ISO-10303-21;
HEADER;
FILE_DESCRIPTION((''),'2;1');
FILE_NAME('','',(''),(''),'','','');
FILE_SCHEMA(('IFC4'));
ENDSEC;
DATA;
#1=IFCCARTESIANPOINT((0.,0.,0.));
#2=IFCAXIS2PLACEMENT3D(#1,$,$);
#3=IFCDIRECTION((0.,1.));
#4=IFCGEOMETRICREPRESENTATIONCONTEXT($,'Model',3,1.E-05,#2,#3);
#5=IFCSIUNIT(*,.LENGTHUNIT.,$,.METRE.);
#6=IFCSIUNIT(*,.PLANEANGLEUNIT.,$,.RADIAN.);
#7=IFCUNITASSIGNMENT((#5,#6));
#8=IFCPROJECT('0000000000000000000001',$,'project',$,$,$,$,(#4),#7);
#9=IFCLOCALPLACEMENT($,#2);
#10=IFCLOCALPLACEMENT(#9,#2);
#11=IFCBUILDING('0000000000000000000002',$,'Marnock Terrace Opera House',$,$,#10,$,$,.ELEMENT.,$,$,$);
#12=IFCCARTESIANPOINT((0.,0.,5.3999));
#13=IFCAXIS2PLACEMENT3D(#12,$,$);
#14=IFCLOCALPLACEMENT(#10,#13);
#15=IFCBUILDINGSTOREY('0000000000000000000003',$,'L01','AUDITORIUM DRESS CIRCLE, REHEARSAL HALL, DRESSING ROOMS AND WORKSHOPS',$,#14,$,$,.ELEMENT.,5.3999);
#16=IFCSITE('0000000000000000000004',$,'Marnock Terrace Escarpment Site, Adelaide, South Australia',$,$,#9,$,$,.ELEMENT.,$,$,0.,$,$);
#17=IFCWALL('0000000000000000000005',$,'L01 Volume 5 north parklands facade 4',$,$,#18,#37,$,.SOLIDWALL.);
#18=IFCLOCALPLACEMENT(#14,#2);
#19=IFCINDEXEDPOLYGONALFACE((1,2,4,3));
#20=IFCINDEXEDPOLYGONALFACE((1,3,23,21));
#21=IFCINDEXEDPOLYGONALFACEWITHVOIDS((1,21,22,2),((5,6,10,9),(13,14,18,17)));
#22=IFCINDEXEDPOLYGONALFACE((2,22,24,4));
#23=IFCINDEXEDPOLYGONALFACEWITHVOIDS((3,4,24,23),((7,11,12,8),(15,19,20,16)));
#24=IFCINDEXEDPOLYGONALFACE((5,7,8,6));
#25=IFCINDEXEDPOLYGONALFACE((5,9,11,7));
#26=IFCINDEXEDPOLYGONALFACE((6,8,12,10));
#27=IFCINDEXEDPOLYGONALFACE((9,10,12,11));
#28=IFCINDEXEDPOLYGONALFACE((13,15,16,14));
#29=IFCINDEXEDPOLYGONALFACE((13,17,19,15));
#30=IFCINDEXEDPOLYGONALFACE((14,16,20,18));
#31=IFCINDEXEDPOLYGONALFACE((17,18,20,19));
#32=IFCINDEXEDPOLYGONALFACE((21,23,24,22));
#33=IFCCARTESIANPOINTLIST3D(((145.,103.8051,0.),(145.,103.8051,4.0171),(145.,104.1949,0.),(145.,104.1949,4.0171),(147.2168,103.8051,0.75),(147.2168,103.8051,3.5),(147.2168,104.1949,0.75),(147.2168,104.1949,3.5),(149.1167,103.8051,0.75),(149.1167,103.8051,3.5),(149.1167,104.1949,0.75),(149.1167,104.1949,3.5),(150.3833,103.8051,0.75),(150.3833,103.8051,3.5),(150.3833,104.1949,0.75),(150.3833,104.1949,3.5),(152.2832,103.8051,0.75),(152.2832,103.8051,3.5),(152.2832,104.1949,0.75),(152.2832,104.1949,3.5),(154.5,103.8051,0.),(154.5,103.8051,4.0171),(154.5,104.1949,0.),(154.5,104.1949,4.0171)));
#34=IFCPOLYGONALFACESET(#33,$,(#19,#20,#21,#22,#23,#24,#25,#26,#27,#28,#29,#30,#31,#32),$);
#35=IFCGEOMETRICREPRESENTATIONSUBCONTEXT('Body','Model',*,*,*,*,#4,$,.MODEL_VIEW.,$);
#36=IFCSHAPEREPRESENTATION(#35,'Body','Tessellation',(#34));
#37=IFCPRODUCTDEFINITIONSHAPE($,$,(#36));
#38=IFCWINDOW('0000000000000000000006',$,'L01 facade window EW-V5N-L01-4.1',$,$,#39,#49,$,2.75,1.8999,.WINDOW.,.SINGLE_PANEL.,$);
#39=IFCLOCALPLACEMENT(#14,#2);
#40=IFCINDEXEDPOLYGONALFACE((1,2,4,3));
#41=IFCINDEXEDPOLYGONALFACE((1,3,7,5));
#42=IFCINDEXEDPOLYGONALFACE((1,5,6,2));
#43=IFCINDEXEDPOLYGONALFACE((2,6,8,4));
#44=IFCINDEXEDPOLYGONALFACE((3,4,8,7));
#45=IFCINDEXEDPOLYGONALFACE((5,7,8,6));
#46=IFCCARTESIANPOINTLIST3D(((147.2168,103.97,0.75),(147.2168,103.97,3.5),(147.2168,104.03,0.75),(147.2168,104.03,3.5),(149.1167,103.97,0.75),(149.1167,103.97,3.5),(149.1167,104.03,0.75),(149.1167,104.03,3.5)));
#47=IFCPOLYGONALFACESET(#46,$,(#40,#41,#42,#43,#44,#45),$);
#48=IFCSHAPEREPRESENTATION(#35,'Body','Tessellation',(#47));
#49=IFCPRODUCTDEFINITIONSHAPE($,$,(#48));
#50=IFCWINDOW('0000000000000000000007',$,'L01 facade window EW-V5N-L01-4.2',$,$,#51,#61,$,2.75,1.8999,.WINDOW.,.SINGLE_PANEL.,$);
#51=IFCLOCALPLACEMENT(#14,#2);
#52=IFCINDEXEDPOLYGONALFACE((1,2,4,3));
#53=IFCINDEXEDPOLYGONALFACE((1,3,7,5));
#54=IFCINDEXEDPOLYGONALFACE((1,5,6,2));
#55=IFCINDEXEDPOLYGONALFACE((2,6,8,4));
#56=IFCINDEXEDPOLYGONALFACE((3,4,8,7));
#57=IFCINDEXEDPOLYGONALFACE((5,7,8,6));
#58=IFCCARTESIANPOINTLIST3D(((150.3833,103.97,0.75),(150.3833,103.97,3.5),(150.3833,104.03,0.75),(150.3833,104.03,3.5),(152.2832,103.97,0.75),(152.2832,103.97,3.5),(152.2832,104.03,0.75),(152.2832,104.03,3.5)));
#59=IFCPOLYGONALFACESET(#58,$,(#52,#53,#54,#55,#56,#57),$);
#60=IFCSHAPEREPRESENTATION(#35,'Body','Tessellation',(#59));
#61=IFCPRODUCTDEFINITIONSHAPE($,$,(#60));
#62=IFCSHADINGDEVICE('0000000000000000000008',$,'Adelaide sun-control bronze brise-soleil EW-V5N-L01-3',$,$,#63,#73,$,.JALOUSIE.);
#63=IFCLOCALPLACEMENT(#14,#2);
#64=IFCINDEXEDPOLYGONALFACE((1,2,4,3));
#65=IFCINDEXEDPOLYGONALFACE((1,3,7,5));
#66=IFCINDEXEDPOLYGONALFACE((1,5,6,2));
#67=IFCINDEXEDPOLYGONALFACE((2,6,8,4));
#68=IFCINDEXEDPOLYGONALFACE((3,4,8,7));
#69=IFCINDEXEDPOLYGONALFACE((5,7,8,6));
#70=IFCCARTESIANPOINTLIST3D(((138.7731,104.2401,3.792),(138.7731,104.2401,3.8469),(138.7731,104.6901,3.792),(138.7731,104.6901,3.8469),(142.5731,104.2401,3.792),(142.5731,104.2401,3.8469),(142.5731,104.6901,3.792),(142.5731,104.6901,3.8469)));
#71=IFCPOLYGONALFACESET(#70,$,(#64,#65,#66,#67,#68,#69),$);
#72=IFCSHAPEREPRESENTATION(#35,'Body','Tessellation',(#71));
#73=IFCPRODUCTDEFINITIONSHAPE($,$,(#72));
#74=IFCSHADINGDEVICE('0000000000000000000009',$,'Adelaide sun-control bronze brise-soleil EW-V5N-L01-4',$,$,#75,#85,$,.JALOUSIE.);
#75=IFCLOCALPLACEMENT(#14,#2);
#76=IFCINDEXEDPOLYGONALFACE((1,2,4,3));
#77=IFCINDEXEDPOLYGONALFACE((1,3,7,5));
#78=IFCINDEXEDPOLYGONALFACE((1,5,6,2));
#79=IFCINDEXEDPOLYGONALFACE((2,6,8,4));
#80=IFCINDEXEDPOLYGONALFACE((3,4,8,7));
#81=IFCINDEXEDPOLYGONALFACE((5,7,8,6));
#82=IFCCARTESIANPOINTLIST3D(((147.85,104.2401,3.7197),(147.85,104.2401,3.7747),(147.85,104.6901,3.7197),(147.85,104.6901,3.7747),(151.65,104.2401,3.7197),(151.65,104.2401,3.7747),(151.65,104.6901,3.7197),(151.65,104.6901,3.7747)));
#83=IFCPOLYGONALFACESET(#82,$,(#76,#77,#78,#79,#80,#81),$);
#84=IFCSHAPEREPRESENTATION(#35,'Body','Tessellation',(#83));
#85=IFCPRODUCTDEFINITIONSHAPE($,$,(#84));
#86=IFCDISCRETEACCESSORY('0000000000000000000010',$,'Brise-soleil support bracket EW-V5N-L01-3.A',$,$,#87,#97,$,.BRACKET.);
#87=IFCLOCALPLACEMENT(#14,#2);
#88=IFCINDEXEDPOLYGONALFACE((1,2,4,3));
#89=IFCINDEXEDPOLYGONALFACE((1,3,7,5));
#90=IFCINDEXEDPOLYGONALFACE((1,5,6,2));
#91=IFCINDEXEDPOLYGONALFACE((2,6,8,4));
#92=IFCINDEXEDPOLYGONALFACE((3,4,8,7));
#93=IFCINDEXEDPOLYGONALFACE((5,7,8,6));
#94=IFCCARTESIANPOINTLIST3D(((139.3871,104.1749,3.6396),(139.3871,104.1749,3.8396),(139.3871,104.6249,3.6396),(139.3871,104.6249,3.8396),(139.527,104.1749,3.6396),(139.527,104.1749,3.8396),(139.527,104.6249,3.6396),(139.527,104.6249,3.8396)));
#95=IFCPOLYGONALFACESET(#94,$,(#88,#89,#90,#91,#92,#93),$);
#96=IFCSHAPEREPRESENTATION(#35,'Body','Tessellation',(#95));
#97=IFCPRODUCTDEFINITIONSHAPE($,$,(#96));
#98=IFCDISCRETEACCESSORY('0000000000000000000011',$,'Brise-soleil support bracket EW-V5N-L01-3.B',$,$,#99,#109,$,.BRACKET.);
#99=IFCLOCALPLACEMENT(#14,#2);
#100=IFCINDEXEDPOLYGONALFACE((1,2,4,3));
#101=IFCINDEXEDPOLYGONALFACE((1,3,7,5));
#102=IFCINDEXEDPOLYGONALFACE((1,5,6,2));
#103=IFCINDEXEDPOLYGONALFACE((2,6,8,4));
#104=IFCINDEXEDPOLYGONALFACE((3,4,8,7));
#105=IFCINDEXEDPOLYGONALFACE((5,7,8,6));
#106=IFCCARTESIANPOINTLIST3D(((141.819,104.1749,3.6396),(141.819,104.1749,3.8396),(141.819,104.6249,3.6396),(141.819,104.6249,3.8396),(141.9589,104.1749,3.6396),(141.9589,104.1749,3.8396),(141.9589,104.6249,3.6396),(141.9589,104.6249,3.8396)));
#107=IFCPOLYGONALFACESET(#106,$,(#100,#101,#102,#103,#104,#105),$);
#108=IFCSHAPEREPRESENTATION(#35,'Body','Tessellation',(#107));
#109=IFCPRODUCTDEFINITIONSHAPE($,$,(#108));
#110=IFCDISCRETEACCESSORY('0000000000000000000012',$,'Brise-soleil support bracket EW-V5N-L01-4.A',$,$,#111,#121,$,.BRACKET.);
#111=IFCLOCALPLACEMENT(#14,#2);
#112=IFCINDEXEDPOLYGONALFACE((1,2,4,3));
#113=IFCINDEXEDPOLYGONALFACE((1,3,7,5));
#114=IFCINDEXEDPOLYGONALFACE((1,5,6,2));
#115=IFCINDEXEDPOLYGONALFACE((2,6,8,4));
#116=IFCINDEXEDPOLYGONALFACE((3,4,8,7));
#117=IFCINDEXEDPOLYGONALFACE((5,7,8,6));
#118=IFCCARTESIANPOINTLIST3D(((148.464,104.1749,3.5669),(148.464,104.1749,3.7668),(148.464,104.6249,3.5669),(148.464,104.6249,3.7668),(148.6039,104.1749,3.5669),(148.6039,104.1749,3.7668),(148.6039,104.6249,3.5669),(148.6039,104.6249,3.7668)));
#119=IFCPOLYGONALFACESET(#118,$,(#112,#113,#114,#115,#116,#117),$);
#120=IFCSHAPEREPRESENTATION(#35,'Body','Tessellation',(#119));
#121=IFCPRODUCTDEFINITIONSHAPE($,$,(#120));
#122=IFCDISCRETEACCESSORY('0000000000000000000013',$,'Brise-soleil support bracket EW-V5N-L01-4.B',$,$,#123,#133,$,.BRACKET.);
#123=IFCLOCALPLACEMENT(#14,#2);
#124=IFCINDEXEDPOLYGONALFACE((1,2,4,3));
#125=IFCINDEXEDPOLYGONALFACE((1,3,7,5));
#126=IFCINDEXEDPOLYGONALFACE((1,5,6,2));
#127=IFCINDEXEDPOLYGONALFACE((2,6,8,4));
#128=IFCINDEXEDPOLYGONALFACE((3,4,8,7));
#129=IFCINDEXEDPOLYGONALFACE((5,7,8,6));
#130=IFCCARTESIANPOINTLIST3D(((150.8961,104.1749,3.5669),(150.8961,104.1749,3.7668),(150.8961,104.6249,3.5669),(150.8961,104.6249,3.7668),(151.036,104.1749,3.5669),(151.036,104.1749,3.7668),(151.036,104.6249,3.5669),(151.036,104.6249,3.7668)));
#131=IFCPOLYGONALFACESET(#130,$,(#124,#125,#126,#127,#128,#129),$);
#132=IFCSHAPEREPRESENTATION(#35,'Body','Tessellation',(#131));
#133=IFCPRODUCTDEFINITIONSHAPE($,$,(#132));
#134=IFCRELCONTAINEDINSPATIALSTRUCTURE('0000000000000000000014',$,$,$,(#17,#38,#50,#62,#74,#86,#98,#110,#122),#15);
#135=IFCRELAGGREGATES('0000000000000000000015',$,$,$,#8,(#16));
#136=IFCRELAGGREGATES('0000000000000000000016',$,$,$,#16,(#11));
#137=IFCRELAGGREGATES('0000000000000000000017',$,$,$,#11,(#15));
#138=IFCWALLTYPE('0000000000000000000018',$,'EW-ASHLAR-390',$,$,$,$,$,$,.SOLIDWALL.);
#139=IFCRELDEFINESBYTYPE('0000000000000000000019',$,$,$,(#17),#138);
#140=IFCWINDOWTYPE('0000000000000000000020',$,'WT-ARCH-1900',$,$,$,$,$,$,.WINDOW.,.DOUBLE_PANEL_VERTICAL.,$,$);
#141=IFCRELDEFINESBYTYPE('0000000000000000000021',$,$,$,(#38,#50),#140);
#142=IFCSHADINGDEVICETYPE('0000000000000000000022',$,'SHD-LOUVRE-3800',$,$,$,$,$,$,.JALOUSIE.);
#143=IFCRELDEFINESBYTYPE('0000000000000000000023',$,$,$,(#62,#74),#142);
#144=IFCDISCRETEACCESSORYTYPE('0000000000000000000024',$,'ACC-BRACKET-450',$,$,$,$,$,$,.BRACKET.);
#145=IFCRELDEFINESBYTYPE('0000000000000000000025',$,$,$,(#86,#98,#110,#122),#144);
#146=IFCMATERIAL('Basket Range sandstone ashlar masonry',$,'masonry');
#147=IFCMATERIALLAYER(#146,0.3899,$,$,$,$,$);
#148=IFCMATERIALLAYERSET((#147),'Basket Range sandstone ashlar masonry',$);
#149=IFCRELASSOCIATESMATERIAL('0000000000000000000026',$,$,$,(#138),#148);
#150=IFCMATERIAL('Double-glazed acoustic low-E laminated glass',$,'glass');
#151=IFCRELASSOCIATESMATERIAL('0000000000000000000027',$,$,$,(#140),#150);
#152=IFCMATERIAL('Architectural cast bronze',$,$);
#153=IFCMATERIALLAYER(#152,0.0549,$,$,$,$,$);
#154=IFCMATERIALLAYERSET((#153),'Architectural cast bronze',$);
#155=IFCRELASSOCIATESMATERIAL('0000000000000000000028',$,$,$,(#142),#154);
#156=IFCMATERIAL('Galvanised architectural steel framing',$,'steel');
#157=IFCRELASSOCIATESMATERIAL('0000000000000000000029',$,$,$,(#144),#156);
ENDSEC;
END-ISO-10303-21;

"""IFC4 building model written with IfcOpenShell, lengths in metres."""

from ifc_helpers import new_model, si_unit, direction, frame, frame_2d, origin, origin_2d, place, context, subcontext, project, spatial, rectangle, extrude, material, layer, layer_set, type_object, element, fill, save


model = new_model("IFC4")

# Units and contexts
model_context = context("Model", 3, precision=1e-05, world=origin(), true_north=direction((0.0, 1.0)))
body_context = subcontext(model_context, "Body", "Model", "MODEL_VIEW")
ifc_project = project(units=[si_unit("LENGTHUNIT", "METRE"), si_unit("PLANEANGLEUNIT", "RADIAN")], contexts=[model_context])

# Site, building, storey
site_placement = place(None, origin())
site = spatial("IfcSite", under=ifc_project, at=site_placement, Name="Marnock Terrace Escarpment Site, Adelaide, South Australia", CompositionType="ELEMENT", RefElevation=0.0)
building_placement = place(site_placement, origin())
building = spatial("IfcBuilding", under=site, at=building_placement, Name="Marnock Terrace Opera House", CompositionType="ELEMENT")
storey_placement = place(building_placement, frame((0.0, 0.0, 5.3999)))
storey = spatial("IfcBuildingStorey", under=building, at=storey_placement, Name="L01", Description="AUDITORIUM DRESS CIRCLE, REHEARSAL HALL, DRESSING ROOMS AND WORKSHOPS", CompositionType="ELEMENT", Elevation=5.3999)

# Wall, openings, windows
ifc_material_1 = material(Name="Basket Range sandstone ashlar masonry", Category="masonry")
ifc_layer_1 = layer(ifc_material_1, 0.3899)
ifc_layer_set_1 = layer_set([ifc_layer_1], Name="Basket Range sandstone ashlar masonry")
wall_type = type_object("IfcWallType", Name="EW-ASHLAR-390", PredefinedType="SOLIDWALL", material=ifc_layer_set_1)
wall_placement = place(storey_placement, frame((145.0, 104.0, 0.0), z_axis=(0.0, 0.0, 1.0), x_axis=(1.0, 0.0, 0.0)))
wall = element("IfcWall", 1, at=wall_placement, inside=storey, type_object=wall_type, Name="L01 Volume 5 north parklands facade 4", PredefinedType="SOLIDWALL", context=body_context, shape_type="SweptSolid", body=[
    extrude(rectangle(XDim=9.5, YDim=0.3899, at=frame_2d((4.75, 0.0))), origin(), (0.0, 0.0, 1.0), 4.0171),
])
opening_1_placement = place(wall_placement, frame((2.2168, 0.0, 0.75)))
opening_1 = element("IfcOpeningElement", 2, at=opening_1_placement, cuts=wall, PredefinedType="OPENING", context=body_context, shape_type="SweptSolid", body=[
    extrude(rectangle(XDim=1.8999, YDim=2.75, at=frame_2d((0.95, 1.375))), frame((0.0, 0.2048, 0.0), z_axis=(0.0, -1.0, 0.0), x_axis=(1.0, 0.0, 0.0)), (0.0, 0.0, 1.0), 0.4099),
])
opening_2_placement = place(wall_placement, frame((5.3833, 0.0, 0.75)))
opening_2 = element("IfcOpeningElement", 3, at=opening_2_placement, cuts=wall, PredefinedType="OPENING", context=body_context, shape_type="SweptSolid", body=[
    extrude(rectangle(XDim=1.8999, YDim=2.75, at=frame_2d((0.95, 1.375))), frame((0.0, 0.2048, 0.0), z_axis=(0.0, -1.0, 0.0), x_axis=(1.0, 0.0, 0.0)), (0.0, 0.0, 1.0), 0.4099),
])
ifc_material_2 = material(Name="Double-glazed acoustic low-E laminated glass", Category="glass")
window_type = type_object("IfcWindowType", Name="WT-ARCH-1900", PartitioningType="DOUBLE_PANEL_VERTICAL", PredefinedType="WINDOW", material=ifc_material_2)
window_1_placement = place(opening_1_placement, origin())
window_1 = element("IfcWindow", 4, at=window_1_placement, inside=storey, type_object=window_type, Name="L01 facade window EW-V5N-L01-4.1", OverallHeight=2.75, OverallWidth=1.8999, PartitioningType="SINGLE_PANEL", PredefinedType="WINDOW", context=body_context, shape_type="SweptSolid", body=[
    extrude(rectangle(XDim=1.8999, YDim=2.75, at=frame_2d((0.95, 1.375))), frame((0.0, 0.03, 0.0), z_axis=(0.0, -1.0, 0.0), x_axis=(1.0, 0.0, 0.0)), (0.0, 0.0, 1.0), 0.0601),
])
fill(opening_1, window_1)
window_2_placement = place(opening_2_placement, origin())
window_2 = element("IfcWindow", 5, at=window_2_placement, inside=storey, type_object=window_type, Name="L01 facade window EW-V5N-L01-4.2", OverallHeight=2.75, OverallWidth=1.8999, PartitioningType="SINGLE_PANEL", PredefinedType="WINDOW", context=body_context, shape_type="SweptSolid", body=[
    extrude(rectangle(XDim=1.8999, YDim=2.75, at=frame_2d((0.95, 1.375))), frame((0.0, 0.03, 0.0), z_axis=(0.0, -1.0, 0.0), x_axis=(1.0, 0.0, 0.0)), (0.0, 0.0, 1.0), 0.0601),
])
fill(opening_2, window_2)

# Shading devices
ifc_material_3 = material(Name="Architectural cast bronze")
ifc_layer_2 = layer(ifc_material_3, 0.0549)
ifc_layer_set_2 = layer_set([ifc_layer_2], Name="Architectural cast bronze")
shading_device_type = type_object("IfcShadingDeviceType", Name="SHD-LOUVRE-3800", PredefinedType="JALOUSIE", material=ifc_layer_set_2)
for number, where, z_axis, x_axis, name in (
    (6, (140.6731, 104.4651, 3.792), (0.0, 0.0, 1.0), (1.0, 0.0, 0.0), "Adelaide sun-control bronze brise-soleil EW-V5N-L01-3"),
    (7, (149.75, 104.4651, 3.7197), (0.0, 0.0, 1.0), (1.0, 0.0, 0.0), "Adelaide sun-control bronze brise-soleil EW-V5N-L01-4"),
):
    element("IfcShadingDevice", number, at=place(storey_placement, frame(where, z_axis=z_axis, x_axis=x_axis)), inside=storey, type_object=shading_device_type, Name=name, PredefinedType="JALOUSIE", context=body_context, shape_type="SweptSolid", body=[
        extrude(rectangle(XDim=3.8, YDim=0.45, at=origin_2d()), origin(), (0.0, 0.0, 1.0), 0.0549),
    ])

# Discrete accessories
ifc_material_4 = material(Name="Galvanised architectural steel framing", Category="steel")
discrete_accessory_type = type_object("IfcDiscreteAccessoryType", Name="ACC-BRACKET-450", PredefinedType="BRACKET", material=ifc_material_4)
for number, where, z_axis, x_axis, name in (
    (8, (139.457, 104.3999, 3.6396), (0.0, 0.0, 1.0), (1.0, 0.0, 0.0), "Brise-soleil support bracket EW-V5N-L01-3.A"),
    (9, (141.8889, 104.3999, 3.6396), (0.0, 0.0, 1.0), (1.0, 0.0, 0.0), "Brise-soleil support bracket EW-V5N-L01-3.B"),
    (10, (148.5339, 104.3999, 3.5669), (0.0, 0.0, 1.0), (1.0, 0.0, 0.0), "Brise-soleil support bracket EW-V5N-L01-4.A"),
    (11, (150.9661, 104.3999, 3.5669), (0.0, 0.0, 1.0), (1.0, 0.0, 0.0), "Brise-soleil support bracket EW-V5N-L01-4.B"),
):
    element("IfcDiscreteAccessory", number, at=place(storey_placement, frame(where, z_axis=z_axis, x_axis=x_axis)), inside=storey, type_object=discrete_accessory_type, Name=name, PredefinedType="BRACKET", context=body_context, shape_type="SweptSolid", body=[
        extrude(rectangle(XDim=0.1399, YDim=0.45, at=origin_2d()), origin(), (0.0, 0.0, 1.0), 0.2),
    ])

save(model, "model.ifc")
